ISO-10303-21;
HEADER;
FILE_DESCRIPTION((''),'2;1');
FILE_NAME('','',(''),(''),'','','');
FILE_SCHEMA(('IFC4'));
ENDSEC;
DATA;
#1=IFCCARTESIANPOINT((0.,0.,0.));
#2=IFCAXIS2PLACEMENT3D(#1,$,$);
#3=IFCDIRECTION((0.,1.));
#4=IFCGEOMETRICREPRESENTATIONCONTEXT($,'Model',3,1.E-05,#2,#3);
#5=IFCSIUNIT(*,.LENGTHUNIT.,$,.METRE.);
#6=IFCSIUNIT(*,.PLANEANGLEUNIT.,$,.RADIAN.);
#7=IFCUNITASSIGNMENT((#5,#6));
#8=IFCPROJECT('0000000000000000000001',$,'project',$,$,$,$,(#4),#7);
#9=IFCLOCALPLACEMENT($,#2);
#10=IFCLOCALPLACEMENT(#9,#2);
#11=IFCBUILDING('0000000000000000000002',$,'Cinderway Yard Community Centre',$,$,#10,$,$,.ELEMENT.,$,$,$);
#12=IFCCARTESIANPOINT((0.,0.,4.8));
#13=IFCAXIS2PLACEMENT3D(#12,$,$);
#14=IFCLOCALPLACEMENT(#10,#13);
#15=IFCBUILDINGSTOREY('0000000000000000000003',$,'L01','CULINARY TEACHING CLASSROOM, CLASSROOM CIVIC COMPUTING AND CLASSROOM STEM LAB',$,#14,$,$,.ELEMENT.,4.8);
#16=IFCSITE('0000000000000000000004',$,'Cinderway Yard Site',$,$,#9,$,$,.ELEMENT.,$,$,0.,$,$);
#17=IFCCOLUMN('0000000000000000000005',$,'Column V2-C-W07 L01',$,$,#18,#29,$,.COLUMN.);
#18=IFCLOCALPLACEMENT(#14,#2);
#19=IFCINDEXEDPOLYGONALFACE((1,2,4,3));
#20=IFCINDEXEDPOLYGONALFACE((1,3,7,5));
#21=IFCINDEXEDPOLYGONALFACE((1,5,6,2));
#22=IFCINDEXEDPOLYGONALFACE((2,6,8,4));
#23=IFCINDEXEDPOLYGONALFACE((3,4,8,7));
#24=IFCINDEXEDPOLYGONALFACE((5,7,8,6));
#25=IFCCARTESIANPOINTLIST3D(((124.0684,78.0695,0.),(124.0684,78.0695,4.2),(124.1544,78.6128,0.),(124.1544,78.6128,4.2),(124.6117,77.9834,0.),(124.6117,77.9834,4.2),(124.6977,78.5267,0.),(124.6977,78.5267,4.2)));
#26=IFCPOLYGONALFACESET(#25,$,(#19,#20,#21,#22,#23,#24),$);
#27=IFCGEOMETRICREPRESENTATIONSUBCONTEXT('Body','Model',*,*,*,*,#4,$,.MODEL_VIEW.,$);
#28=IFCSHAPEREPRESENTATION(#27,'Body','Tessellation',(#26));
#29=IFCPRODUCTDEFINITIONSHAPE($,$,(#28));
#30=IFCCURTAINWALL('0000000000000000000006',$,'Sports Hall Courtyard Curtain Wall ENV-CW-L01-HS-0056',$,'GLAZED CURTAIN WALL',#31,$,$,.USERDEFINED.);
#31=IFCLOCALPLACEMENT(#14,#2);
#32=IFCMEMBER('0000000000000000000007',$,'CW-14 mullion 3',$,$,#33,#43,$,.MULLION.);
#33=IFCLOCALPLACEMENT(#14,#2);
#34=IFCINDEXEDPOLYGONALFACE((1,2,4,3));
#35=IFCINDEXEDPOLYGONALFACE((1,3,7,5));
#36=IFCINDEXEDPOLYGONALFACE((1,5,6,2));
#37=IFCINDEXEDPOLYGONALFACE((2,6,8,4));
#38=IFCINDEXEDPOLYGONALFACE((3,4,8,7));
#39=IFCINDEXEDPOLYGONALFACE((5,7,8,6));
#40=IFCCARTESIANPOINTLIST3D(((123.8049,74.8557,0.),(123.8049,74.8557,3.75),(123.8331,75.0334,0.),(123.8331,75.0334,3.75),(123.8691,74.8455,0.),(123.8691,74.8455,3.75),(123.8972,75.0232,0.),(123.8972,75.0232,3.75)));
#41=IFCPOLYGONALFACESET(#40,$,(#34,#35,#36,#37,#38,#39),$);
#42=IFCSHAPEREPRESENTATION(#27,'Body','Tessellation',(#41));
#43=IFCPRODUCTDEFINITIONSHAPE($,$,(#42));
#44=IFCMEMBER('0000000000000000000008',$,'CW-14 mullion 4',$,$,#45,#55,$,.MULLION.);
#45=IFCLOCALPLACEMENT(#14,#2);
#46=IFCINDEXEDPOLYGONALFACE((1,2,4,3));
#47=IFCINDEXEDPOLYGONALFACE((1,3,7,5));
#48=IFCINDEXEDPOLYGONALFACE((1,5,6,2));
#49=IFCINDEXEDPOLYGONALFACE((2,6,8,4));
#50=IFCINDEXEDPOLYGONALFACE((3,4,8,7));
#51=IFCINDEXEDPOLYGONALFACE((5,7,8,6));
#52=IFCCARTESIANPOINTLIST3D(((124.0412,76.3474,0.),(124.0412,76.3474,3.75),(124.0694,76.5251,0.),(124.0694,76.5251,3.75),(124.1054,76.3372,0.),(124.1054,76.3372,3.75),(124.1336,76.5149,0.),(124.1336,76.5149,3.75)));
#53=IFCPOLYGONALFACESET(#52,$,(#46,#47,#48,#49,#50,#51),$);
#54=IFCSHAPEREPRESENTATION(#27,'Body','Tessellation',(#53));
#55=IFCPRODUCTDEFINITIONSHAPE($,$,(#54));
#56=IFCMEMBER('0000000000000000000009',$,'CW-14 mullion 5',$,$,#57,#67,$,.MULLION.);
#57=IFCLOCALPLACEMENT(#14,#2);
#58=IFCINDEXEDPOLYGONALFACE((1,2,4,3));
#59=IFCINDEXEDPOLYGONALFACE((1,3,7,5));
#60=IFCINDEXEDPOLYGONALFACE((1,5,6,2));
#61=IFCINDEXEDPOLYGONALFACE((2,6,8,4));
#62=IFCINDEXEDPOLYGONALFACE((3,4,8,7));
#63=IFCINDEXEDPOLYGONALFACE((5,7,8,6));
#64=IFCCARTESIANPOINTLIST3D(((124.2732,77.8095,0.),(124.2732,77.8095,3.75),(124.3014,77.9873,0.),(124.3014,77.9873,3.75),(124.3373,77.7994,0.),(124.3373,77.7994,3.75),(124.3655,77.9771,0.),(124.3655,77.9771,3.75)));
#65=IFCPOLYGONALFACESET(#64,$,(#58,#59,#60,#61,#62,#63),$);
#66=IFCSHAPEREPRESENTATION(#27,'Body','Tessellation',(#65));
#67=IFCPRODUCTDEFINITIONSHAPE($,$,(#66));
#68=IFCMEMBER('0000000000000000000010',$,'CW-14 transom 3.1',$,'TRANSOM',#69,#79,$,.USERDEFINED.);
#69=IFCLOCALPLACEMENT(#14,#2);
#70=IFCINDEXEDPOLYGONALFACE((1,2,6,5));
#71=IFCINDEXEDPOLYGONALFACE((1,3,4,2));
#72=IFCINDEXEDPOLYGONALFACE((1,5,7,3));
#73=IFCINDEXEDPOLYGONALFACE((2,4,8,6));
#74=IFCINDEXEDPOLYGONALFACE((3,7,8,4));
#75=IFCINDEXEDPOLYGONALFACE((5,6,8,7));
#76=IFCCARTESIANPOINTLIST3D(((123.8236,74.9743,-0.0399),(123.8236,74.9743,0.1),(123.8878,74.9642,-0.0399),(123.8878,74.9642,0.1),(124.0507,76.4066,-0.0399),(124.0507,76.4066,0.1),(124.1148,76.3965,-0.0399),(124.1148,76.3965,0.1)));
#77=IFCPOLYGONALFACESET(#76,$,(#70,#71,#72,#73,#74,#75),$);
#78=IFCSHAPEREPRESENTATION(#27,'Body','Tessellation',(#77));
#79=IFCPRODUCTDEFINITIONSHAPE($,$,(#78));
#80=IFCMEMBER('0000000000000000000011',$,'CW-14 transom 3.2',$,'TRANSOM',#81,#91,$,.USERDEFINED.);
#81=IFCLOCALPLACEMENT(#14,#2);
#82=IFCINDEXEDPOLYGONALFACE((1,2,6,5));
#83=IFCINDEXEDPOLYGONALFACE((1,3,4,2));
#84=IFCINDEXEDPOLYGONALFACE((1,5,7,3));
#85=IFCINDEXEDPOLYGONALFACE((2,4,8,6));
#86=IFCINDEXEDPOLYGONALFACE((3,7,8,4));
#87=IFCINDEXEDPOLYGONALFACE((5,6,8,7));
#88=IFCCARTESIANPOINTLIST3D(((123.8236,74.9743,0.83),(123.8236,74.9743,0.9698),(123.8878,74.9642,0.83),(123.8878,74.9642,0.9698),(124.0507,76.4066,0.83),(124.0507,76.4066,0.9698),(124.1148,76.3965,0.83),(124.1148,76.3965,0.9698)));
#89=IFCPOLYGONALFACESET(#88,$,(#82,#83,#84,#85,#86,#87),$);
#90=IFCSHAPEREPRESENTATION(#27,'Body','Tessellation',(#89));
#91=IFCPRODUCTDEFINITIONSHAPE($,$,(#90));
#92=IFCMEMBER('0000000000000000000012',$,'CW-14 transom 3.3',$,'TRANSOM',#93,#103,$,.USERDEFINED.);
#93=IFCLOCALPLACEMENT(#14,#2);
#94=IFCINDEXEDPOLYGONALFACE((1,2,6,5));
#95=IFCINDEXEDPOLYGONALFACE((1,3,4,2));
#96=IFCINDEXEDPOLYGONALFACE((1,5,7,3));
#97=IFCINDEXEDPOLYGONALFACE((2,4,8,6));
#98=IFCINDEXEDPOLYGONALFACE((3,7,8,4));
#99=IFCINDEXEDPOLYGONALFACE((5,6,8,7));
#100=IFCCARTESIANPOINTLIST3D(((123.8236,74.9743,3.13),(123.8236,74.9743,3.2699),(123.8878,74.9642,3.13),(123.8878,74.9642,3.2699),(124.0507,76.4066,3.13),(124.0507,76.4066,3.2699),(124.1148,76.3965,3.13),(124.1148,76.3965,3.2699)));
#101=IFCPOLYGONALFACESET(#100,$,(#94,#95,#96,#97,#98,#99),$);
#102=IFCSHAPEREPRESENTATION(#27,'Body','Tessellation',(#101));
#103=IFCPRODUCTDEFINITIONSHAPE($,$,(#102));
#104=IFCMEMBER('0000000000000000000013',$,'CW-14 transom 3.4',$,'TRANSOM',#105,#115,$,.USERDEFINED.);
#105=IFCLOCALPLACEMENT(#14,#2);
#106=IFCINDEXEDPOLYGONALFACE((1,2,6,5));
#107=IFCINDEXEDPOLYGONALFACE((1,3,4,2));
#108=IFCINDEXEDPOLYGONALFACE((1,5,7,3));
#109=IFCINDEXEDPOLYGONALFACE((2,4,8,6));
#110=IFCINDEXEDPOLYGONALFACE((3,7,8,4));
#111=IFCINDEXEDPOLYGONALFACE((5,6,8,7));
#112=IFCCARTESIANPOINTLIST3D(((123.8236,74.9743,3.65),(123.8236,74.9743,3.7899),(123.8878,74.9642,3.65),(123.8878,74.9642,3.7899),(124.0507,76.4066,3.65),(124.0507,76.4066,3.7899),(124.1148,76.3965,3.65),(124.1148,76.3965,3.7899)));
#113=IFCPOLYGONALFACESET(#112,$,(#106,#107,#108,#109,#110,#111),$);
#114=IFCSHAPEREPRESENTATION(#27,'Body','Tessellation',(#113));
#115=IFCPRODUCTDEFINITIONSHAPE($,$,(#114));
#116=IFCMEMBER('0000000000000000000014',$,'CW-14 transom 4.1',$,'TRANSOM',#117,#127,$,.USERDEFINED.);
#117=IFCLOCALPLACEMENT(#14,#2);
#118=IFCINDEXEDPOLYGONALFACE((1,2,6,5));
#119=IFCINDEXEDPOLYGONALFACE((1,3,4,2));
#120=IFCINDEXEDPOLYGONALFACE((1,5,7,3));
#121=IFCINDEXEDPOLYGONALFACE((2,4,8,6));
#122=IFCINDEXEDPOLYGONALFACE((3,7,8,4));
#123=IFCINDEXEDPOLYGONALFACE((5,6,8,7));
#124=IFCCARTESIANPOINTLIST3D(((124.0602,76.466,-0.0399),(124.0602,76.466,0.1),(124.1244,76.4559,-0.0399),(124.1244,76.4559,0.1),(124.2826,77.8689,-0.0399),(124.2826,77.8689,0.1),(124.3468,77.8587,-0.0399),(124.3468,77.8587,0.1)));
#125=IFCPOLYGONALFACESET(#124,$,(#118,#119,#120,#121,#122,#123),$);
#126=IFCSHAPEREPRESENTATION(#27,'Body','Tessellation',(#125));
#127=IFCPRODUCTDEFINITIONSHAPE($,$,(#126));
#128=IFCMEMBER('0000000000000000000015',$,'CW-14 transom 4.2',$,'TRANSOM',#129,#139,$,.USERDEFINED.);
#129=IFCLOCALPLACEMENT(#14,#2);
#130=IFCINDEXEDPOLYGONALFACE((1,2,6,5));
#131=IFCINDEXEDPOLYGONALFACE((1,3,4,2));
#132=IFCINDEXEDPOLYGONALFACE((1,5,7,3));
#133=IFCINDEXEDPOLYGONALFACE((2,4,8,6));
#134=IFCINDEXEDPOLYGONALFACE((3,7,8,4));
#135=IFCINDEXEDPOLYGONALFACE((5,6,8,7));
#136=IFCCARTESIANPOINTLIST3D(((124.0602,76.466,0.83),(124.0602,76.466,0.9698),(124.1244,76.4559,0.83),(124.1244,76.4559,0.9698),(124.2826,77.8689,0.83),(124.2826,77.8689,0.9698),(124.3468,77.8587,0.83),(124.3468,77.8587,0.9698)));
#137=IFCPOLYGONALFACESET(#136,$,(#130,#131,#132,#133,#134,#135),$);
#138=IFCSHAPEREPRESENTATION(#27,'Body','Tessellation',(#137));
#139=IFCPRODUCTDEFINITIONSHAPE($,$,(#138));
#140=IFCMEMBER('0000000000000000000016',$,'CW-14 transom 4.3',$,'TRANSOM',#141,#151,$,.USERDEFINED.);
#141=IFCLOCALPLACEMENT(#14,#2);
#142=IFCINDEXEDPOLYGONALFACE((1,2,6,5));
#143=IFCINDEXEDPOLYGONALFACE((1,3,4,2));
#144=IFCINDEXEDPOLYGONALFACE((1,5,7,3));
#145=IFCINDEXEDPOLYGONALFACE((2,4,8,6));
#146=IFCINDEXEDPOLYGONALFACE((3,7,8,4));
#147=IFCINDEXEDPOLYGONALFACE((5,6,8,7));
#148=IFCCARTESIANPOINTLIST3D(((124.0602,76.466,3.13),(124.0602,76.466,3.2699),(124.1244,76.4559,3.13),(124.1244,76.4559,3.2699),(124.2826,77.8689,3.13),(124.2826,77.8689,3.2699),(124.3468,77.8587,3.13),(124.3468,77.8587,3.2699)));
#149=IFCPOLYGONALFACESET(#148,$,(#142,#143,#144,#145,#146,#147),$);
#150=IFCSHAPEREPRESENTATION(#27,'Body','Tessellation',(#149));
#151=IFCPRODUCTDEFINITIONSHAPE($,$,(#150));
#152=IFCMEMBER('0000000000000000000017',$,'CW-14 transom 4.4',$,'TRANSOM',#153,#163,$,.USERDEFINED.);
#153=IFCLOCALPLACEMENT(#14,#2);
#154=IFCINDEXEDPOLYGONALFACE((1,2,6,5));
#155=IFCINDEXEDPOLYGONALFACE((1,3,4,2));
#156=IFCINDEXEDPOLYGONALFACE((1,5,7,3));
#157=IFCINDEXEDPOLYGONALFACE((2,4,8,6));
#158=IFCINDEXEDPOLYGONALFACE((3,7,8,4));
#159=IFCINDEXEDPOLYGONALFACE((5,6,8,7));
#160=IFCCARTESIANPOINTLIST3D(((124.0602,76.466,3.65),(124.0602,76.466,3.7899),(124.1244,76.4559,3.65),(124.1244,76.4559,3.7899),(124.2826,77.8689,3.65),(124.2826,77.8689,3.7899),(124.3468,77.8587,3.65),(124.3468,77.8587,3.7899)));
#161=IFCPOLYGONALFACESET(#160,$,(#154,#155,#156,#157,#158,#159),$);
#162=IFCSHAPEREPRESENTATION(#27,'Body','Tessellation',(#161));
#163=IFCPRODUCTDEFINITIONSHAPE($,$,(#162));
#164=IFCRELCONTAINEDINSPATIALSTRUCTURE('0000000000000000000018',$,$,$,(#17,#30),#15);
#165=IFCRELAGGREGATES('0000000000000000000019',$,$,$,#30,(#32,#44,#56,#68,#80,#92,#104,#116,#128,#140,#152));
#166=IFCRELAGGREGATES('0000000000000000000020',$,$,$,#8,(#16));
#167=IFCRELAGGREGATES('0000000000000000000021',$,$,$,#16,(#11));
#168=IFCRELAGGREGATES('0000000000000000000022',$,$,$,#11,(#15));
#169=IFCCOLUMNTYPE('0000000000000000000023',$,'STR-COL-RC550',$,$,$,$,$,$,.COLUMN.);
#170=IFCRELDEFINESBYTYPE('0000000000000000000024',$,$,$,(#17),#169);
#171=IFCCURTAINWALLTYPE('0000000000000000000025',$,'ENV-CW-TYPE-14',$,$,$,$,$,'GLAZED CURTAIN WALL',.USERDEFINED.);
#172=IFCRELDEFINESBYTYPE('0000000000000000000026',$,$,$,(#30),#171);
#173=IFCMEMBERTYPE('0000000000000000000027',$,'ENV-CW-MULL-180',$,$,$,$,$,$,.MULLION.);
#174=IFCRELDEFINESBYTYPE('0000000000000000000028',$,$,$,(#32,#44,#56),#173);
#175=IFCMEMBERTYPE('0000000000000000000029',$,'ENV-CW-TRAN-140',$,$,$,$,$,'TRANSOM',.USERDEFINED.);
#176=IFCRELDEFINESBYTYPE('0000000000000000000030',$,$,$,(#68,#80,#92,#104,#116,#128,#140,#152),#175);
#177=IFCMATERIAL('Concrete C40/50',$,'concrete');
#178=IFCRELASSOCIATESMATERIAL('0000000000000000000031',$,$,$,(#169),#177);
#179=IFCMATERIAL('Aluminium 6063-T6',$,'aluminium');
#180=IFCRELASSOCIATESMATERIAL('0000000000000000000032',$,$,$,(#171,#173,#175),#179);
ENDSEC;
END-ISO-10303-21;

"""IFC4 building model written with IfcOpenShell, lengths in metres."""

from ifc_helpers import new_model, si_unit, direction, frame, origin, origin_2d, place, context, subcontext, project, spatial, rectangle, extrude, material, material_profile, profile_set, type_object, element, aggregate, save


model = new_model("IFC4")

# Units and contexts
model_context = context("Model", 3, precision=1e-05, world=origin(), true_north=direction((0.0, 1.0)))
body_context = subcontext(model_context, "Body", "Model", "MODEL_VIEW")
ifc_project = project(units=[si_unit("LENGTHUNIT", "METRE"), si_unit("PLANEANGLEUNIT", "RADIAN")], contexts=[model_context])

# Site, building, storey
site_placement = place(None, origin())
site = spatial("IfcSite", under=ifc_project, at=site_placement, Name="Cinderway Yard Site", CompositionType="ELEMENT", RefElevation=0.0)
building_placement = place(site_placement, origin())
building = spatial("IfcBuilding", under=site, at=building_placement, Name="Cinderway Yard Community Centre", CompositionType="ELEMENT")
storey_placement = place(building_placement, frame((0.0, 0.0, 4.8)))
storey = spatial("IfcBuildingStorey", under=building, at=storey_placement, Name="L01", Description="CULINARY TEACHING CLASSROOM, CLASSROOM CIVIC COMPUTING AND CLASSROOM STEM LAB", CompositionType="ELEMENT", Elevation=4.8)

# Column
ifc_material_1 = material(Name="Concrete C40/50", Category="concrete")
ifc_material_profile_1 = material_profile(ifc_material_1, rectangle(XDim=0.55, YDim=0.55, at=origin_2d()), Name="Concrete C40/50")
ifc_profile_set_1 = profile_set([ifc_material_profile_1], Name="Concrete C40/50")
column_type = type_object("IfcColumnType", Name="STR-COL-RC550", PredefinedType="COLUMN", material=ifc_profile_set_1)
column_placement = place(storey_placement, frame((124.3831, 78.2981, 0.0), z_axis=(0.0, 0.0, 1.0), x_axis=(0.987688, -0.156434, 0.0)))
element("IfcColumn", 1, at=column_placement, inside=storey, type_object=column_type, Name="Column V2-C-W07 L01", PredefinedType="COLUMN", context=body_context, shape_type="SweptSolid", body=[
    extrude(rectangle(XDim=0.55, YDim=0.55, at=origin_2d()), origin(), (0.0, 0.0, 1.0), 4.2),
])

# Curtain wall, members
ifc_material_2 = material(Name="Aluminium 6063-T6", Category="aluminium")
curtain_wall_type = type_object("IfcCurtainWallType", Name="ENV-CW-TYPE-14", ElementType="GLAZED CURTAIN WALL", PredefinedType="USERDEFINED", material=ifc_material_2)
curtain_wall_placement = place(storey_placement, origin())
curtain_wall = element("IfcCurtainWall", 2, at=curtain_wall_placement, inside=storey, type_object=curtain_wall_type, Name="Sports Hall Courtyard Curtain Wall ENV-CW-L01-HS-0056", ObjectType="GLAZED CURTAIN WALL", PredefinedType="USERDEFINED")
ifc_material_profile_2 = material_profile(ifc_material_2, rectangle(XDim=0.0649, YDim=0.1799, at=origin_2d()), Name="Aluminium 6063-T6")
ifc_profile_set_2 = profile_set([ifc_material_profile_2], Name="Aluminium 6063-T6")
member_type_1 = type_object("IfcMemberType", Name="ENV-CW-MULL-180", PredefinedType="MULLION", material=ifc_profile_set_2)
member_1_placement = place(storey_placement, frame((123.8511, 74.9395, 0.0), z_axis=(0.0, 0.0, 1.0), x_axis=(-0.987665, 0.156583, 0.0)))
member_1 = element("IfcMember", 3, at=member_1_placement, type_object=member_type_1, Name="CW-14 mullion 3", PredefinedType="MULLION", context=body_context, shape_type="SweptSolid", body=[
    extrude(rectangle(XDim=0.0649, YDim=0.1799, at=origin_2d()), origin(), (0.0, 0.0, 1.0), 3.75),
])
member_2_placement = place(storey_placement, frame((124.0874, 76.4312, 0.0), z_axis=(0.0, 0.0, 1.0), x_axis=(-0.987665, 0.156583, 0.0)))
member_2 = element("IfcMember", 4, at=member_2_placement, type_object=member_type_1, Name="CW-14 mullion 4", PredefinedType="MULLION", context=body_context, shape_type="SweptSolid", body=[
    extrude(rectangle(XDim=0.0649, YDim=0.1799, at=origin_2d()), origin(), (0.0, 0.0, 1.0), 3.75),
])
member_3_placement = place(storey_placement, frame((124.3193, 77.8933, 0.0), z_axis=(0.0, 0.0, 1.0), x_axis=(-0.987665, 0.156583, 0.0)))
member_3 = element("IfcMember", 5, at=member_3_placement, type_object=member_type_1, Name="CW-14 mullion 5", PredefinedType="MULLION", context=body_context, shape_type="SweptSolid", body=[
    extrude(rectangle(XDim=0.0649, YDim=0.1799, at=origin_2d()), origin(), (0.0, 0.0, 1.0), 3.75),
])
ifc_material_profile_3 = material_profile(ifc_material_2, rectangle(XDim=0.0649, YDim=0.1399, at=origin_2d()), Name="Aluminium 6063-T6")
ifc_profile_set_3 = profile_set([ifc_material_profile_3], Name="Aluminium 6063-T6")
member_type_2 = type_object("IfcMemberType", Name="ENV-CW-TRAN-140", ElementType="TRANSOM", PredefinedType="USERDEFINED", material=ifc_profile_set_3)
member_4_placement = place(storey_placement, frame((123.8557, 74.9692, 0.03), z_axis=(0.156559, 0.987669, 0.0), x_axis=(-0.987669, 0.156559, 0.0)))
member_4 = element("IfcMember", 6, at=member_4_placement, type_object=member_type_2, Name="CW-14 transom 3.1", ObjectType="TRANSOM", PredefinedType="USERDEFINED", context=body_context, shape_type="SweptSolid", body=[
    extrude(rectangle(XDim=0.0649, YDim=0.1399, at=origin_2d()), origin(), (0.0, 0.0, 1.0), 1.4502),
])
member_5_placement = place(storey_placement, frame((123.8557, 74.9692, 0.8999), z_axis=(0.156559, 0.987669, 0.0), x_axis=(-0.987669, 0.156559, 0.0)))
member_5 = element("IfcMember", 7, at=member_5_placement, type_object=member_type_2, Name="CW-14 transom 3.2", ObjectType="TRANSOM", PredefinedType="USERDEFINED", context=body_context, shape_type="SweptSolid", body=[
    extrude(rectangle(XDim=0.0649, YDim=0.1399, at=origin_2d()), origin(), (0.0, 0.0, 1.0), 1.4502),
])
member_6_placement = place(storey_placement, frame((123.8557, 74.9692, 3.2), z_axis=(0.156559, 0.987669, 0.0), x_axis=(-0.987669, 0.156559, 0.0)))
member_6 = element("IfcMember", 8, at=member_6_placement, type_object=member_type_2, Name="CW-14 transom 3.3", ObjectType="TRANSOM", PredefinedType="USERDEFINED", context=body_context, shape_type="SweptSolid", body=[
    extrude(rectangle(XDim=0.0649, YDim=0.1399, at=origin_2d()), origin(), (0.0, 0.0, 1.0), 1.4502),
])
member_7_placement = place(storey_placement, frame((123.8557, 74.9692, 3.72), z_axis=(0.156559, 0.987669, 0.0), x_axis=(-0.987669, 0.156559, 0.0)))
member_7 = element("IfcMember", 9, at=member_7_placement, type_object=member_type_2, Name="CW-14 transom 3.4", ObjectType="TRANSOM", PredefinedType="USERDEFINED", context=body_context, shape_type="SweptSolid", body=[
    extrude(rectangle(XDim=0.0649, YDim=0.1399, at=origin_2d()), origin(), (0.0, 0.0, 1.0), 1.4502),
])
member_8_placement = place(storey_placement, frame((124.0923, 76.4609, 0.03), z_axis=(0.156589, 0.987664, 0.0), x_axis=(-0.987664, 0.156589, 0.0)))
member_8 = element("IfcMember", 10, at=member_8_placement, type_object=member_type_2, Name="CW-14 transom 4.1", ObjectType="TRANSOM", PredefinedType="USERDEFINED", context=body_context, shape_type="SweptSolid", body=[
    extrude(rectangle(XDim=0.0649, YDim=0.1399, at=origin_2d()), origin(), (0.0, 0.0, 1.0), 1.4204),
])
member_9_placement = place(storey_placement, frame((124.0923, 76.4609, 0.8999), z_axis=(0.156589, 0.987664, 0.0), x_axis=(-0.987664, 0.156589, 0.0)))
member_9 = element("IfcMember", 11, at=member_9_placement, type_object=member_type_2, Name="CW-14 transom 4.2", ObjectType="TRANSOM", PredefinedType="USERDEFINED", context=body_context, shape_type="SweptSolid", body=[
    extrude(rectangle(XDim=0.0649, YDim=0.1399, at=origin_2d()), origin(), (0.0, 0.0, 1.0), 1.4204),
])
member_10_placement = place(storey_placement, frame((124.0923, 76.4609, 3.2), z_axis=(0.156589, 0.987664, 0.0), x_axis=(-0.987664, 0.156589, 0.0)))
member_10 = element("IfcMember", 12, at=member_10_placement, type_object=member_type_2, Name="CW-14 transom 4.3", ObjectType="TRANSOM", PredefinedType="USERDEFINED", context=body_context, shape_type="SweptSolid", body=[
    extrude(rectangle(XDim=0.0649, YDim=0.1399, at=origin_2d()), origin(), (0.0, 0.0, 1.0), 1.4204),
])
member_11_placement = place(storey_placement, frame((124.0923, 76.4609, 3.72), z_axis=(0.156589, 0.987664, 0.0), x_axis=(-0.987664, 0.156589, 0.0)))
member_11 = element("IfcMember", 13, at=member_11_placement, type_object=member_type_2, Name="CW-14 transom 4.4", ObjectType="TRANSOM", PredefinedType="USERDEFINED", context=body_context, shape_type="SweptSolid", body=[
    extrude(rectangle(XDim=0.0649, YDim=0.1399, at=origin_2d()), origin(), (0.0, 0.0, 1.0), 1.4204),
])

aggregate(curtain_wall, [member_1, member_2, member_3, member_4, member_5, member_6, member_7, member_8, member_9, member_10, member_11])

save(model, "model.ifc")
